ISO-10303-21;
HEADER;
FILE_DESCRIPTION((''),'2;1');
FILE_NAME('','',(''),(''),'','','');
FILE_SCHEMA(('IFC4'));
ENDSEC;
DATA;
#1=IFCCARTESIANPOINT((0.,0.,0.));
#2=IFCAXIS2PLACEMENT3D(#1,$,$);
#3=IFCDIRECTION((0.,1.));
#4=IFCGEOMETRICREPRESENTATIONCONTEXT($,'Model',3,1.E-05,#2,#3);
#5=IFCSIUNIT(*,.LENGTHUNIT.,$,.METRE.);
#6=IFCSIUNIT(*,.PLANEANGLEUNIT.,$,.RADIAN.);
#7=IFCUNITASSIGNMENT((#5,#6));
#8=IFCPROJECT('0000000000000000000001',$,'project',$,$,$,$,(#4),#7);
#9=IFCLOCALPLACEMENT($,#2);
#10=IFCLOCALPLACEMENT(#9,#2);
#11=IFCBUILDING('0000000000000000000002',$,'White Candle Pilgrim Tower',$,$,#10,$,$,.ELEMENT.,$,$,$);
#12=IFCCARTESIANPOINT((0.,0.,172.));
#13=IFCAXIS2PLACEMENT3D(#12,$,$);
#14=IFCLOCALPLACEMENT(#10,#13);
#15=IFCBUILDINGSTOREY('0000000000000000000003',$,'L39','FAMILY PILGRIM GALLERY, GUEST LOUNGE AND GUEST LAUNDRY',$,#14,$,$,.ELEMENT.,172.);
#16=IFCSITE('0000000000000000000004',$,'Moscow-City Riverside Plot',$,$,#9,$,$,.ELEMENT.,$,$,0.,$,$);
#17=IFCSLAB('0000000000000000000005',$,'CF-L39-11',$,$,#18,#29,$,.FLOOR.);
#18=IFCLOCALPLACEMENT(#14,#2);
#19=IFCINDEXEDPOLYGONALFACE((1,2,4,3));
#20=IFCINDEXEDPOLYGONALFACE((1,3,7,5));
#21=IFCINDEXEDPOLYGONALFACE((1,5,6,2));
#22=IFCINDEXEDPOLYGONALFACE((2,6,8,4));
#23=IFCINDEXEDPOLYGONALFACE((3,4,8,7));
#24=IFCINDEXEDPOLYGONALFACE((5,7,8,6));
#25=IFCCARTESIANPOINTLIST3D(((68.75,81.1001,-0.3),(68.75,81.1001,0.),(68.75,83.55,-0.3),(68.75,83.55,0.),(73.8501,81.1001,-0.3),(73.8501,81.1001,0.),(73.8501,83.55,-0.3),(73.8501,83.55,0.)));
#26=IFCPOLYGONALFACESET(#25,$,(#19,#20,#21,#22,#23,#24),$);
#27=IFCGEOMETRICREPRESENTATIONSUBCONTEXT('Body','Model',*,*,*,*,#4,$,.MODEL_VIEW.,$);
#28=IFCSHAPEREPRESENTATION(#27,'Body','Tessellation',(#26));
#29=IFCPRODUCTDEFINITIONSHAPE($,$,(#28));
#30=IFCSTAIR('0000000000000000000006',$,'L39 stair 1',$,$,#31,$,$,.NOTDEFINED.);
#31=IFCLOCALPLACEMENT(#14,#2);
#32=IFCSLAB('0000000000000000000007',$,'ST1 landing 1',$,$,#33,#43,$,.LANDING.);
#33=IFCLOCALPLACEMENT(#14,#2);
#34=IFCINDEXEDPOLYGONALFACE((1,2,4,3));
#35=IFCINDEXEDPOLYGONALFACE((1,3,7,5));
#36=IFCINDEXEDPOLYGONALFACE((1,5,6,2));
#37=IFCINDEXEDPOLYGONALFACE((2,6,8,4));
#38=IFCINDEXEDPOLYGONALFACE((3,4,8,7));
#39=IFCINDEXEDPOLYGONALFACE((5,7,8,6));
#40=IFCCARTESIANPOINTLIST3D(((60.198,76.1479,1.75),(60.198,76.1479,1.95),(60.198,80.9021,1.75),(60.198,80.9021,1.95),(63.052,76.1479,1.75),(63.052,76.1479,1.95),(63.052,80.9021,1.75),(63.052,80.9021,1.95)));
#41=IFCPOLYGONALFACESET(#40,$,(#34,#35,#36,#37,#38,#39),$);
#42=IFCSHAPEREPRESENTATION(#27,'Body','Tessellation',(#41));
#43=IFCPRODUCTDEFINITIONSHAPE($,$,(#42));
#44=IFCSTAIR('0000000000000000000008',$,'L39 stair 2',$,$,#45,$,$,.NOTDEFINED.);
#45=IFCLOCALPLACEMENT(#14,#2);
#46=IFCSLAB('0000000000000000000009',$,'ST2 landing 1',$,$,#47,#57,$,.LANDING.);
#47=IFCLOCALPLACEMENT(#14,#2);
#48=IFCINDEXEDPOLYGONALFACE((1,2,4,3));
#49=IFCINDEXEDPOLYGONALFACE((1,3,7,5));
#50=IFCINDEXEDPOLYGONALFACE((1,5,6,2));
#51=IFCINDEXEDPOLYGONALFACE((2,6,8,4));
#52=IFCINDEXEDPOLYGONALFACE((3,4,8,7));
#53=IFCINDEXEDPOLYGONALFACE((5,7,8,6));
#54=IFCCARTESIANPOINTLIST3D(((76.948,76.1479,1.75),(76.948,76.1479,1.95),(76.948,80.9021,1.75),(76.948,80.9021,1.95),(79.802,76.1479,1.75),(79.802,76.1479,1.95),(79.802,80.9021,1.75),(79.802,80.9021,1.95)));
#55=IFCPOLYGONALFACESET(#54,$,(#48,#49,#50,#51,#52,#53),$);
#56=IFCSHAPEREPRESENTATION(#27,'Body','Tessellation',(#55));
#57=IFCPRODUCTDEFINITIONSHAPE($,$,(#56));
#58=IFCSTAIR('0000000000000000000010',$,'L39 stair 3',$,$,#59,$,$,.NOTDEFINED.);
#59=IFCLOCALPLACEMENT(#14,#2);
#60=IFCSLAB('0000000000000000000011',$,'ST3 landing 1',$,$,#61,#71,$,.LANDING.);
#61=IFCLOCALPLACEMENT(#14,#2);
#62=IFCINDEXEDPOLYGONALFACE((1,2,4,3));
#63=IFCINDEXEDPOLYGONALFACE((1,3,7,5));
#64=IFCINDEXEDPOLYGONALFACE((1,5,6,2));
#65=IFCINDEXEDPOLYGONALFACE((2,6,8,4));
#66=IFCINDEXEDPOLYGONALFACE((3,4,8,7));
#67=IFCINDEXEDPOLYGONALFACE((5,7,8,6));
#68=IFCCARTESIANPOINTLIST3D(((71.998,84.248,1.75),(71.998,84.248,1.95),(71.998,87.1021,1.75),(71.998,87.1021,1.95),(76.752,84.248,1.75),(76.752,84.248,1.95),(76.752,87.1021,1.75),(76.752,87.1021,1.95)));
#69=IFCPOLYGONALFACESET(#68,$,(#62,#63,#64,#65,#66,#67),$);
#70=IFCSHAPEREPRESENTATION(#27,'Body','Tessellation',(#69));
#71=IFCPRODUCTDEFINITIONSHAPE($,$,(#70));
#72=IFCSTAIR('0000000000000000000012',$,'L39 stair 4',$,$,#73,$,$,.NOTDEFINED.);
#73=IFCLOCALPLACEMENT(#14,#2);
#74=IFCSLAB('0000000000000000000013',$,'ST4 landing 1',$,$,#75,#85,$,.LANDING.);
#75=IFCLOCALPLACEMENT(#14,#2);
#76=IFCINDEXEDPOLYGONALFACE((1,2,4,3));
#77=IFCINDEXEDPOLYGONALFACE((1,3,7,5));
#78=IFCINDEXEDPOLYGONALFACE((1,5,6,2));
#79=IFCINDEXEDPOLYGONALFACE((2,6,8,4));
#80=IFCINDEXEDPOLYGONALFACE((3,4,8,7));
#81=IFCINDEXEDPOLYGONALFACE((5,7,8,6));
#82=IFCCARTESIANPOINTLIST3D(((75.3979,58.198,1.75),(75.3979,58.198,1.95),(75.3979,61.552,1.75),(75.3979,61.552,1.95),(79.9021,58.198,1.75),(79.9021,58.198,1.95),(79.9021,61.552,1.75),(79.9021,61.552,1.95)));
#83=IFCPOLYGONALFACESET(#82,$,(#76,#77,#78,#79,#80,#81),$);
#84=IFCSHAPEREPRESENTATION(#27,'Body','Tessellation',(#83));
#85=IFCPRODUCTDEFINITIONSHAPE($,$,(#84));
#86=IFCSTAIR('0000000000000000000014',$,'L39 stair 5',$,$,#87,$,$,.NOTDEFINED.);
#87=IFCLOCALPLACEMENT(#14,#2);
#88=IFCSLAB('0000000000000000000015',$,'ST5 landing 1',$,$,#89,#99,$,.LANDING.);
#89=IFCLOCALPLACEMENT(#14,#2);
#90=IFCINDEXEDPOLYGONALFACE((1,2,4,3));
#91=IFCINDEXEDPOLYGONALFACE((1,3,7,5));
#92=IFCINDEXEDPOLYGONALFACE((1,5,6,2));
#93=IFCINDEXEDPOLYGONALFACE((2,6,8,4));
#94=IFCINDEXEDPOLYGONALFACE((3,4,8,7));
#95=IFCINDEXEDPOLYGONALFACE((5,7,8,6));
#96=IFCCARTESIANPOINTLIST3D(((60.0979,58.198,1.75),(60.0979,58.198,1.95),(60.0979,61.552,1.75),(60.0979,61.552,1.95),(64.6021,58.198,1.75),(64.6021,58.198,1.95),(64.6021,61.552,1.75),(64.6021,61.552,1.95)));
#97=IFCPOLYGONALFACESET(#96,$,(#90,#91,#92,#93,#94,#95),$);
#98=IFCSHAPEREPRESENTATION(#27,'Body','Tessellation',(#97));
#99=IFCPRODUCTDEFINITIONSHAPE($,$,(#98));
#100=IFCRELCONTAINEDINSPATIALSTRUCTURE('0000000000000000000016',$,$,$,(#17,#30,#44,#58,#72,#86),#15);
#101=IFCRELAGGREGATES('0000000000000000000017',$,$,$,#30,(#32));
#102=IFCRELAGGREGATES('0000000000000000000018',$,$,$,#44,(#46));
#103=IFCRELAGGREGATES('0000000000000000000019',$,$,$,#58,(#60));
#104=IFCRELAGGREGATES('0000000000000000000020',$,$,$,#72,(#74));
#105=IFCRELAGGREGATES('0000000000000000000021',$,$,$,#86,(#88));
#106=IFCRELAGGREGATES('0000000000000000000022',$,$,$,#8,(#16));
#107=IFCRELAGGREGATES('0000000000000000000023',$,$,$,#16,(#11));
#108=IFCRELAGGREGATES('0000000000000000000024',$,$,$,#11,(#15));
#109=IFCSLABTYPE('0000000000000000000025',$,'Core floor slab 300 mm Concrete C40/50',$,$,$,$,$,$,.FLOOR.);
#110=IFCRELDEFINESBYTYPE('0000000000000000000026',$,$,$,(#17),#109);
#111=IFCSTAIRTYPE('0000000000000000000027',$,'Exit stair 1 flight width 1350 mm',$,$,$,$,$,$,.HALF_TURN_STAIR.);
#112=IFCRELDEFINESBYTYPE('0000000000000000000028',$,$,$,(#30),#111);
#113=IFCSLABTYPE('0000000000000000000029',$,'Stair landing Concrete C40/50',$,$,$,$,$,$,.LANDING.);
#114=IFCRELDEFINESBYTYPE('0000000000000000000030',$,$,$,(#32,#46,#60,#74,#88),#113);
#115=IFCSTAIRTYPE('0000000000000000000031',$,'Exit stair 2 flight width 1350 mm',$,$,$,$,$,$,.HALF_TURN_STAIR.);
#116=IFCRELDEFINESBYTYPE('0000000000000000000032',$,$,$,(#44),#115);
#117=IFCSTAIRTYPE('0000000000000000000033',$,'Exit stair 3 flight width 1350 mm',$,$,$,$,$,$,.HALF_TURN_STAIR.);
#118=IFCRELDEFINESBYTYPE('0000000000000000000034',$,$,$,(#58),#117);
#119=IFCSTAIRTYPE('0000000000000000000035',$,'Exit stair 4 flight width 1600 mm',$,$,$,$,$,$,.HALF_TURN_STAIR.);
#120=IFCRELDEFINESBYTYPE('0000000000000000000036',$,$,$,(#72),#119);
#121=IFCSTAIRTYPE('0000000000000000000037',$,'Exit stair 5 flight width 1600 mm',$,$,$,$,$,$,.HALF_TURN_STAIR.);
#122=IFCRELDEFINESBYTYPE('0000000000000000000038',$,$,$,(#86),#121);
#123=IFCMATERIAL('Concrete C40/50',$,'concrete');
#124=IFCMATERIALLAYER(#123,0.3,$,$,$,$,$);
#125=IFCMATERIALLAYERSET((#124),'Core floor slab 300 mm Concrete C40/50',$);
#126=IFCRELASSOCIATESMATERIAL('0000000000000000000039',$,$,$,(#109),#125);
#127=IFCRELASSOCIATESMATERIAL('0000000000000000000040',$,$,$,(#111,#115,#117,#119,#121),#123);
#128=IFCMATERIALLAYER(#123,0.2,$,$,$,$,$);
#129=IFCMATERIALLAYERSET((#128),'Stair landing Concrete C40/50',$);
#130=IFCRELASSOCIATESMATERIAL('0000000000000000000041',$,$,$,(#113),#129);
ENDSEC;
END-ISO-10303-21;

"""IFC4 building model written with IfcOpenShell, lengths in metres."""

from ifc_helpers import new_model, si_unit, direction, frame, origin, place, context, subcontext, project, spatial, polyline, outline, extrude, material, layer, layer_set, type_object, element, aggregate, save


model = new_model("IFC4")

# Units and contexts
model_context = context("Model", 3, precision=1e-05, world=origin(), true_north=direction((0.0, 1.0)))
body_context = subcontext(model_context, "Body", "Model", "MODEL_VIEW")
ifc_project = project(units=[si_unit("LENGTHUNIT", "METRE"), si_unit("PLANEANGLEUNIT", "RADIAN")], contexts=[model_context])

# Site, building, storey
site_placement = place(None, origin())
site = spatial("IfcSite", under=ifc_project, at=site_placement, Name="Moscow-City Riverside Plot", CompositionType="ELEMENT", RefElevation=0.0)
building_placement = place(site_placement, origin())
building = spatial("IfcBuilding", under=site, at=building_placement, Name="White Candle Pilgrim Tower", CompositionType="ELEMENT")
storey_placement = place(building_placement, frame((0.0, 0.0, 172.0)))
storey = spatial("IfcBuildingStorey", under=building, at=storey_placement, Name="L39", Description="FAMILY PILGRIM GALLERY, GUEST LOUNGE AND GUEST LAUNDRY", CompositionType="ELEMENT", Elevation=172.0)

# Slab
ifc_material_1 = material(Name="Concrete C40/50", Category="concrete")
ifc_layer_1 = layer(ifc_material_1, 0.3)
ifc_layer_set_1 = layer_set([ifc_layer_1], Name="Core floor slab 300 mm Concrete C40/50")
slab_type_1 = type_object("IfcSlabType", Name="Core floor slab 300 mm Concrete C40/50", PredefinedType="FLOOR", material=ifc_layer_set_1)
slab_1_placement = place(storey_placement, frame((0.0, 0.0, -0.3)))
element("IfcSlab", 1, at=slab_1_placement, inside=storey, type_object=slab_type_1, Name="CF-L39-11", PredefinedType="FLOOR", context=body_context, shape_type="SweptSolid", body=[
    extrude(outline(polyline([(73.8501, 83.55), (73.8501, 81.1001), (68.75, 81.1001), (68.75, 83.55), (73.8501, 83.55)])), origin(), (0.0, 0.0, 1.0), 0.3),
])

# Stairs, slabs
stair_type_1 = type_object("IfcStairType", Name="Exit stair 1 flight width 1350 mm", PredefinedType="HALF_TURN_STAIR", material=ifc_material_1)
stair_1_placement = place(storey_placement, origin())
stair_1 = element("IfcStair", 2, at=stair_1_placement, inside=storey, type_object=stair_type_1, Name="L39 stair 1", PredefinedType="NOTDEFINED")
ifc_layer_2 = layer(ifc_material_1, 0.2)
ifc_layer_set_2 = layer_set([ifc_layer_2], Name="Stair landing Concrete C40/50")
slab_type_2 = type_object("IfcSlabType", Name="Stair landing Concrete C40/50", PredefinedType="LANDING", material=ifc_layer_set_2)
slab_2_placement = place(storey_placement, frame((0.0, 0.0, 1.75)))
slab_2 = element("IfcSlab", 3, at=slab_2_placement, type_object=slab_type_2, Name="ST1 landing 1", PredefinedType="LANDING", context=body_context, shape_type="SweptSolid", body=[
    extrude(outline(polyline([(63.052, 76.1479), (60.198, 76.1479), (60.198, 80.9021), (63.052, 80.9021), (63.052, 76.1479)])), origin(), (0.0, 0.0, 1.0), 0.2),
])
aggregate(stair_1, [slab_2])
stair_type_2 = type_object("IfcStairType", Name="Exit stair 2 flight width 1350 mm", PredefinedType="HALF_TURN_STAIR", material=ifc_material_1)
stair_2_placement = place(storey_placement, origin())
stair_2 = element("IfcStair", 4, at=stair_2_placement, inside=storey, type_object=stair_type_2, Name="L39 stair 2", PredefinedType="NOTDEFINED")
slab_3_placement = place(storey_placement, frame((0.0, 0.0, 1.75)))
slab_3 = element("IfcSlab", 5, at=slab_3_placement, type_object=slab_type_2, Name="ST2 landing 1", PredefinedType="LANDING", context=body_context, shape_type="SweptSolid", body=[
    extrude(outline(polyline([(79.802, 76.1479), (76.948, 76.1479), (76.948, 80.9021), (79.802, 80.9021), (79.802, 76.1479)])), origin(), (0.0, 0.0, 1.0), 0.2),
])
aggregate(stair_2, [slab_3])
stair_type_3 = type_object("IfcStairType", Name="Exit stair 3 flight width 1350 mm", PredefinedType="HALF_TURN_STAIR", material=ifc_material_1)
stair_3_placement = place(storey_placement, origin())
stair_3 = element("IfcStair", 6, at=stair_3_placement, inside=storey, type_object=stair_type_3, Name="L39 stair 3", PredefinedType="NOTDEFINED")
slab_4_placement = place(storey_placement, frame((0.0, 0.0, 1.75)))
slab_4 = element("IfcSlab", 7, at=slab_4_placement, type_object=slab_type_2, Name="ST3 landing 1", PredefinedType="LANDING", context=body_context, shape_type="SweptSolid", body=[
    extrude(outline(polyline([(71.998, 84.248), (71.998, 87.1021), (76.752, 87.1021), (76.752, 84.248), (71.998, 84.248)])), origin(), (0.0, 0.0, 1.0), 0.2),
])
aggregate(stair_3, [slab_4])
stair_type_4 = type_object("IfcStairType", Name="Exit stair 4 flight width 1600 mm", PredefinedType="HALF_TURN_STAIR", material=ifc_material_1)
stair_4_placement = place(storey_placement, origin())
stair_4 = element("IfcStair", 8, at=stair_4_placement, inside=storey, type_object=stair_type_4, Name="L39 stair 4", PredefinedType="NOTDEFINED")
slab_5_placement = place(storey_placement, frame((0.0, 0.0, 1.75)))
slab_5 = element("IfcSlab", 9, at=slab_5_placement, type_object=slab_type_2, Name="ST4 landing 1", PredefinedType="LANDING", context=body_context, shape_type="SweptSolid", body=[
    extrude(outline(polyline([(79.9021, 61.552), (79.9021, 58.198), (75.3979, 58.198), (75.3979, 61.552), (79.9021, 61.552)])), origin(), (0.0, 0.0, 1.0), 0.2),
])
aggregate(stair_4, [slab_5])
stair_type_5 = type_object("IfcStairType", Name="Exit stair 5 flight width 1600 mm", PredefinedType="HALF_TURN_STAIR", material=ifc_material_1)
stair_5_placement = place(storey_placement, origin())
stair_5 = element("IfcStair", 10, at=stair_5_placement, inside=storey, type_object=stair_type_5, Name="L39 stair 5", PredefinedType="NOTDEFINED")
slab_6_placement = place(storey_placement, frame((0.0, 0.0, 1.75)))
slab_6 = element("IfcSlab", 11, at=slab_6_placement, type_object=slab_type_2, Name="ST5 landing 1", PredefinedType="LANDING", context=body_context, shape_type="SweptSolid", body=[
    extrude(outline(polyline([(60.0979, 58.198), (60.0979, 61.552), (64.6021, 61.552), (64.6021, 58.198), (60.0979, 58.198)])), origin(), (0.0, 0.0, 1.0), 0.2),
])
aggregate(stair_5, [slab_6])

save(model, "model.ifc")
